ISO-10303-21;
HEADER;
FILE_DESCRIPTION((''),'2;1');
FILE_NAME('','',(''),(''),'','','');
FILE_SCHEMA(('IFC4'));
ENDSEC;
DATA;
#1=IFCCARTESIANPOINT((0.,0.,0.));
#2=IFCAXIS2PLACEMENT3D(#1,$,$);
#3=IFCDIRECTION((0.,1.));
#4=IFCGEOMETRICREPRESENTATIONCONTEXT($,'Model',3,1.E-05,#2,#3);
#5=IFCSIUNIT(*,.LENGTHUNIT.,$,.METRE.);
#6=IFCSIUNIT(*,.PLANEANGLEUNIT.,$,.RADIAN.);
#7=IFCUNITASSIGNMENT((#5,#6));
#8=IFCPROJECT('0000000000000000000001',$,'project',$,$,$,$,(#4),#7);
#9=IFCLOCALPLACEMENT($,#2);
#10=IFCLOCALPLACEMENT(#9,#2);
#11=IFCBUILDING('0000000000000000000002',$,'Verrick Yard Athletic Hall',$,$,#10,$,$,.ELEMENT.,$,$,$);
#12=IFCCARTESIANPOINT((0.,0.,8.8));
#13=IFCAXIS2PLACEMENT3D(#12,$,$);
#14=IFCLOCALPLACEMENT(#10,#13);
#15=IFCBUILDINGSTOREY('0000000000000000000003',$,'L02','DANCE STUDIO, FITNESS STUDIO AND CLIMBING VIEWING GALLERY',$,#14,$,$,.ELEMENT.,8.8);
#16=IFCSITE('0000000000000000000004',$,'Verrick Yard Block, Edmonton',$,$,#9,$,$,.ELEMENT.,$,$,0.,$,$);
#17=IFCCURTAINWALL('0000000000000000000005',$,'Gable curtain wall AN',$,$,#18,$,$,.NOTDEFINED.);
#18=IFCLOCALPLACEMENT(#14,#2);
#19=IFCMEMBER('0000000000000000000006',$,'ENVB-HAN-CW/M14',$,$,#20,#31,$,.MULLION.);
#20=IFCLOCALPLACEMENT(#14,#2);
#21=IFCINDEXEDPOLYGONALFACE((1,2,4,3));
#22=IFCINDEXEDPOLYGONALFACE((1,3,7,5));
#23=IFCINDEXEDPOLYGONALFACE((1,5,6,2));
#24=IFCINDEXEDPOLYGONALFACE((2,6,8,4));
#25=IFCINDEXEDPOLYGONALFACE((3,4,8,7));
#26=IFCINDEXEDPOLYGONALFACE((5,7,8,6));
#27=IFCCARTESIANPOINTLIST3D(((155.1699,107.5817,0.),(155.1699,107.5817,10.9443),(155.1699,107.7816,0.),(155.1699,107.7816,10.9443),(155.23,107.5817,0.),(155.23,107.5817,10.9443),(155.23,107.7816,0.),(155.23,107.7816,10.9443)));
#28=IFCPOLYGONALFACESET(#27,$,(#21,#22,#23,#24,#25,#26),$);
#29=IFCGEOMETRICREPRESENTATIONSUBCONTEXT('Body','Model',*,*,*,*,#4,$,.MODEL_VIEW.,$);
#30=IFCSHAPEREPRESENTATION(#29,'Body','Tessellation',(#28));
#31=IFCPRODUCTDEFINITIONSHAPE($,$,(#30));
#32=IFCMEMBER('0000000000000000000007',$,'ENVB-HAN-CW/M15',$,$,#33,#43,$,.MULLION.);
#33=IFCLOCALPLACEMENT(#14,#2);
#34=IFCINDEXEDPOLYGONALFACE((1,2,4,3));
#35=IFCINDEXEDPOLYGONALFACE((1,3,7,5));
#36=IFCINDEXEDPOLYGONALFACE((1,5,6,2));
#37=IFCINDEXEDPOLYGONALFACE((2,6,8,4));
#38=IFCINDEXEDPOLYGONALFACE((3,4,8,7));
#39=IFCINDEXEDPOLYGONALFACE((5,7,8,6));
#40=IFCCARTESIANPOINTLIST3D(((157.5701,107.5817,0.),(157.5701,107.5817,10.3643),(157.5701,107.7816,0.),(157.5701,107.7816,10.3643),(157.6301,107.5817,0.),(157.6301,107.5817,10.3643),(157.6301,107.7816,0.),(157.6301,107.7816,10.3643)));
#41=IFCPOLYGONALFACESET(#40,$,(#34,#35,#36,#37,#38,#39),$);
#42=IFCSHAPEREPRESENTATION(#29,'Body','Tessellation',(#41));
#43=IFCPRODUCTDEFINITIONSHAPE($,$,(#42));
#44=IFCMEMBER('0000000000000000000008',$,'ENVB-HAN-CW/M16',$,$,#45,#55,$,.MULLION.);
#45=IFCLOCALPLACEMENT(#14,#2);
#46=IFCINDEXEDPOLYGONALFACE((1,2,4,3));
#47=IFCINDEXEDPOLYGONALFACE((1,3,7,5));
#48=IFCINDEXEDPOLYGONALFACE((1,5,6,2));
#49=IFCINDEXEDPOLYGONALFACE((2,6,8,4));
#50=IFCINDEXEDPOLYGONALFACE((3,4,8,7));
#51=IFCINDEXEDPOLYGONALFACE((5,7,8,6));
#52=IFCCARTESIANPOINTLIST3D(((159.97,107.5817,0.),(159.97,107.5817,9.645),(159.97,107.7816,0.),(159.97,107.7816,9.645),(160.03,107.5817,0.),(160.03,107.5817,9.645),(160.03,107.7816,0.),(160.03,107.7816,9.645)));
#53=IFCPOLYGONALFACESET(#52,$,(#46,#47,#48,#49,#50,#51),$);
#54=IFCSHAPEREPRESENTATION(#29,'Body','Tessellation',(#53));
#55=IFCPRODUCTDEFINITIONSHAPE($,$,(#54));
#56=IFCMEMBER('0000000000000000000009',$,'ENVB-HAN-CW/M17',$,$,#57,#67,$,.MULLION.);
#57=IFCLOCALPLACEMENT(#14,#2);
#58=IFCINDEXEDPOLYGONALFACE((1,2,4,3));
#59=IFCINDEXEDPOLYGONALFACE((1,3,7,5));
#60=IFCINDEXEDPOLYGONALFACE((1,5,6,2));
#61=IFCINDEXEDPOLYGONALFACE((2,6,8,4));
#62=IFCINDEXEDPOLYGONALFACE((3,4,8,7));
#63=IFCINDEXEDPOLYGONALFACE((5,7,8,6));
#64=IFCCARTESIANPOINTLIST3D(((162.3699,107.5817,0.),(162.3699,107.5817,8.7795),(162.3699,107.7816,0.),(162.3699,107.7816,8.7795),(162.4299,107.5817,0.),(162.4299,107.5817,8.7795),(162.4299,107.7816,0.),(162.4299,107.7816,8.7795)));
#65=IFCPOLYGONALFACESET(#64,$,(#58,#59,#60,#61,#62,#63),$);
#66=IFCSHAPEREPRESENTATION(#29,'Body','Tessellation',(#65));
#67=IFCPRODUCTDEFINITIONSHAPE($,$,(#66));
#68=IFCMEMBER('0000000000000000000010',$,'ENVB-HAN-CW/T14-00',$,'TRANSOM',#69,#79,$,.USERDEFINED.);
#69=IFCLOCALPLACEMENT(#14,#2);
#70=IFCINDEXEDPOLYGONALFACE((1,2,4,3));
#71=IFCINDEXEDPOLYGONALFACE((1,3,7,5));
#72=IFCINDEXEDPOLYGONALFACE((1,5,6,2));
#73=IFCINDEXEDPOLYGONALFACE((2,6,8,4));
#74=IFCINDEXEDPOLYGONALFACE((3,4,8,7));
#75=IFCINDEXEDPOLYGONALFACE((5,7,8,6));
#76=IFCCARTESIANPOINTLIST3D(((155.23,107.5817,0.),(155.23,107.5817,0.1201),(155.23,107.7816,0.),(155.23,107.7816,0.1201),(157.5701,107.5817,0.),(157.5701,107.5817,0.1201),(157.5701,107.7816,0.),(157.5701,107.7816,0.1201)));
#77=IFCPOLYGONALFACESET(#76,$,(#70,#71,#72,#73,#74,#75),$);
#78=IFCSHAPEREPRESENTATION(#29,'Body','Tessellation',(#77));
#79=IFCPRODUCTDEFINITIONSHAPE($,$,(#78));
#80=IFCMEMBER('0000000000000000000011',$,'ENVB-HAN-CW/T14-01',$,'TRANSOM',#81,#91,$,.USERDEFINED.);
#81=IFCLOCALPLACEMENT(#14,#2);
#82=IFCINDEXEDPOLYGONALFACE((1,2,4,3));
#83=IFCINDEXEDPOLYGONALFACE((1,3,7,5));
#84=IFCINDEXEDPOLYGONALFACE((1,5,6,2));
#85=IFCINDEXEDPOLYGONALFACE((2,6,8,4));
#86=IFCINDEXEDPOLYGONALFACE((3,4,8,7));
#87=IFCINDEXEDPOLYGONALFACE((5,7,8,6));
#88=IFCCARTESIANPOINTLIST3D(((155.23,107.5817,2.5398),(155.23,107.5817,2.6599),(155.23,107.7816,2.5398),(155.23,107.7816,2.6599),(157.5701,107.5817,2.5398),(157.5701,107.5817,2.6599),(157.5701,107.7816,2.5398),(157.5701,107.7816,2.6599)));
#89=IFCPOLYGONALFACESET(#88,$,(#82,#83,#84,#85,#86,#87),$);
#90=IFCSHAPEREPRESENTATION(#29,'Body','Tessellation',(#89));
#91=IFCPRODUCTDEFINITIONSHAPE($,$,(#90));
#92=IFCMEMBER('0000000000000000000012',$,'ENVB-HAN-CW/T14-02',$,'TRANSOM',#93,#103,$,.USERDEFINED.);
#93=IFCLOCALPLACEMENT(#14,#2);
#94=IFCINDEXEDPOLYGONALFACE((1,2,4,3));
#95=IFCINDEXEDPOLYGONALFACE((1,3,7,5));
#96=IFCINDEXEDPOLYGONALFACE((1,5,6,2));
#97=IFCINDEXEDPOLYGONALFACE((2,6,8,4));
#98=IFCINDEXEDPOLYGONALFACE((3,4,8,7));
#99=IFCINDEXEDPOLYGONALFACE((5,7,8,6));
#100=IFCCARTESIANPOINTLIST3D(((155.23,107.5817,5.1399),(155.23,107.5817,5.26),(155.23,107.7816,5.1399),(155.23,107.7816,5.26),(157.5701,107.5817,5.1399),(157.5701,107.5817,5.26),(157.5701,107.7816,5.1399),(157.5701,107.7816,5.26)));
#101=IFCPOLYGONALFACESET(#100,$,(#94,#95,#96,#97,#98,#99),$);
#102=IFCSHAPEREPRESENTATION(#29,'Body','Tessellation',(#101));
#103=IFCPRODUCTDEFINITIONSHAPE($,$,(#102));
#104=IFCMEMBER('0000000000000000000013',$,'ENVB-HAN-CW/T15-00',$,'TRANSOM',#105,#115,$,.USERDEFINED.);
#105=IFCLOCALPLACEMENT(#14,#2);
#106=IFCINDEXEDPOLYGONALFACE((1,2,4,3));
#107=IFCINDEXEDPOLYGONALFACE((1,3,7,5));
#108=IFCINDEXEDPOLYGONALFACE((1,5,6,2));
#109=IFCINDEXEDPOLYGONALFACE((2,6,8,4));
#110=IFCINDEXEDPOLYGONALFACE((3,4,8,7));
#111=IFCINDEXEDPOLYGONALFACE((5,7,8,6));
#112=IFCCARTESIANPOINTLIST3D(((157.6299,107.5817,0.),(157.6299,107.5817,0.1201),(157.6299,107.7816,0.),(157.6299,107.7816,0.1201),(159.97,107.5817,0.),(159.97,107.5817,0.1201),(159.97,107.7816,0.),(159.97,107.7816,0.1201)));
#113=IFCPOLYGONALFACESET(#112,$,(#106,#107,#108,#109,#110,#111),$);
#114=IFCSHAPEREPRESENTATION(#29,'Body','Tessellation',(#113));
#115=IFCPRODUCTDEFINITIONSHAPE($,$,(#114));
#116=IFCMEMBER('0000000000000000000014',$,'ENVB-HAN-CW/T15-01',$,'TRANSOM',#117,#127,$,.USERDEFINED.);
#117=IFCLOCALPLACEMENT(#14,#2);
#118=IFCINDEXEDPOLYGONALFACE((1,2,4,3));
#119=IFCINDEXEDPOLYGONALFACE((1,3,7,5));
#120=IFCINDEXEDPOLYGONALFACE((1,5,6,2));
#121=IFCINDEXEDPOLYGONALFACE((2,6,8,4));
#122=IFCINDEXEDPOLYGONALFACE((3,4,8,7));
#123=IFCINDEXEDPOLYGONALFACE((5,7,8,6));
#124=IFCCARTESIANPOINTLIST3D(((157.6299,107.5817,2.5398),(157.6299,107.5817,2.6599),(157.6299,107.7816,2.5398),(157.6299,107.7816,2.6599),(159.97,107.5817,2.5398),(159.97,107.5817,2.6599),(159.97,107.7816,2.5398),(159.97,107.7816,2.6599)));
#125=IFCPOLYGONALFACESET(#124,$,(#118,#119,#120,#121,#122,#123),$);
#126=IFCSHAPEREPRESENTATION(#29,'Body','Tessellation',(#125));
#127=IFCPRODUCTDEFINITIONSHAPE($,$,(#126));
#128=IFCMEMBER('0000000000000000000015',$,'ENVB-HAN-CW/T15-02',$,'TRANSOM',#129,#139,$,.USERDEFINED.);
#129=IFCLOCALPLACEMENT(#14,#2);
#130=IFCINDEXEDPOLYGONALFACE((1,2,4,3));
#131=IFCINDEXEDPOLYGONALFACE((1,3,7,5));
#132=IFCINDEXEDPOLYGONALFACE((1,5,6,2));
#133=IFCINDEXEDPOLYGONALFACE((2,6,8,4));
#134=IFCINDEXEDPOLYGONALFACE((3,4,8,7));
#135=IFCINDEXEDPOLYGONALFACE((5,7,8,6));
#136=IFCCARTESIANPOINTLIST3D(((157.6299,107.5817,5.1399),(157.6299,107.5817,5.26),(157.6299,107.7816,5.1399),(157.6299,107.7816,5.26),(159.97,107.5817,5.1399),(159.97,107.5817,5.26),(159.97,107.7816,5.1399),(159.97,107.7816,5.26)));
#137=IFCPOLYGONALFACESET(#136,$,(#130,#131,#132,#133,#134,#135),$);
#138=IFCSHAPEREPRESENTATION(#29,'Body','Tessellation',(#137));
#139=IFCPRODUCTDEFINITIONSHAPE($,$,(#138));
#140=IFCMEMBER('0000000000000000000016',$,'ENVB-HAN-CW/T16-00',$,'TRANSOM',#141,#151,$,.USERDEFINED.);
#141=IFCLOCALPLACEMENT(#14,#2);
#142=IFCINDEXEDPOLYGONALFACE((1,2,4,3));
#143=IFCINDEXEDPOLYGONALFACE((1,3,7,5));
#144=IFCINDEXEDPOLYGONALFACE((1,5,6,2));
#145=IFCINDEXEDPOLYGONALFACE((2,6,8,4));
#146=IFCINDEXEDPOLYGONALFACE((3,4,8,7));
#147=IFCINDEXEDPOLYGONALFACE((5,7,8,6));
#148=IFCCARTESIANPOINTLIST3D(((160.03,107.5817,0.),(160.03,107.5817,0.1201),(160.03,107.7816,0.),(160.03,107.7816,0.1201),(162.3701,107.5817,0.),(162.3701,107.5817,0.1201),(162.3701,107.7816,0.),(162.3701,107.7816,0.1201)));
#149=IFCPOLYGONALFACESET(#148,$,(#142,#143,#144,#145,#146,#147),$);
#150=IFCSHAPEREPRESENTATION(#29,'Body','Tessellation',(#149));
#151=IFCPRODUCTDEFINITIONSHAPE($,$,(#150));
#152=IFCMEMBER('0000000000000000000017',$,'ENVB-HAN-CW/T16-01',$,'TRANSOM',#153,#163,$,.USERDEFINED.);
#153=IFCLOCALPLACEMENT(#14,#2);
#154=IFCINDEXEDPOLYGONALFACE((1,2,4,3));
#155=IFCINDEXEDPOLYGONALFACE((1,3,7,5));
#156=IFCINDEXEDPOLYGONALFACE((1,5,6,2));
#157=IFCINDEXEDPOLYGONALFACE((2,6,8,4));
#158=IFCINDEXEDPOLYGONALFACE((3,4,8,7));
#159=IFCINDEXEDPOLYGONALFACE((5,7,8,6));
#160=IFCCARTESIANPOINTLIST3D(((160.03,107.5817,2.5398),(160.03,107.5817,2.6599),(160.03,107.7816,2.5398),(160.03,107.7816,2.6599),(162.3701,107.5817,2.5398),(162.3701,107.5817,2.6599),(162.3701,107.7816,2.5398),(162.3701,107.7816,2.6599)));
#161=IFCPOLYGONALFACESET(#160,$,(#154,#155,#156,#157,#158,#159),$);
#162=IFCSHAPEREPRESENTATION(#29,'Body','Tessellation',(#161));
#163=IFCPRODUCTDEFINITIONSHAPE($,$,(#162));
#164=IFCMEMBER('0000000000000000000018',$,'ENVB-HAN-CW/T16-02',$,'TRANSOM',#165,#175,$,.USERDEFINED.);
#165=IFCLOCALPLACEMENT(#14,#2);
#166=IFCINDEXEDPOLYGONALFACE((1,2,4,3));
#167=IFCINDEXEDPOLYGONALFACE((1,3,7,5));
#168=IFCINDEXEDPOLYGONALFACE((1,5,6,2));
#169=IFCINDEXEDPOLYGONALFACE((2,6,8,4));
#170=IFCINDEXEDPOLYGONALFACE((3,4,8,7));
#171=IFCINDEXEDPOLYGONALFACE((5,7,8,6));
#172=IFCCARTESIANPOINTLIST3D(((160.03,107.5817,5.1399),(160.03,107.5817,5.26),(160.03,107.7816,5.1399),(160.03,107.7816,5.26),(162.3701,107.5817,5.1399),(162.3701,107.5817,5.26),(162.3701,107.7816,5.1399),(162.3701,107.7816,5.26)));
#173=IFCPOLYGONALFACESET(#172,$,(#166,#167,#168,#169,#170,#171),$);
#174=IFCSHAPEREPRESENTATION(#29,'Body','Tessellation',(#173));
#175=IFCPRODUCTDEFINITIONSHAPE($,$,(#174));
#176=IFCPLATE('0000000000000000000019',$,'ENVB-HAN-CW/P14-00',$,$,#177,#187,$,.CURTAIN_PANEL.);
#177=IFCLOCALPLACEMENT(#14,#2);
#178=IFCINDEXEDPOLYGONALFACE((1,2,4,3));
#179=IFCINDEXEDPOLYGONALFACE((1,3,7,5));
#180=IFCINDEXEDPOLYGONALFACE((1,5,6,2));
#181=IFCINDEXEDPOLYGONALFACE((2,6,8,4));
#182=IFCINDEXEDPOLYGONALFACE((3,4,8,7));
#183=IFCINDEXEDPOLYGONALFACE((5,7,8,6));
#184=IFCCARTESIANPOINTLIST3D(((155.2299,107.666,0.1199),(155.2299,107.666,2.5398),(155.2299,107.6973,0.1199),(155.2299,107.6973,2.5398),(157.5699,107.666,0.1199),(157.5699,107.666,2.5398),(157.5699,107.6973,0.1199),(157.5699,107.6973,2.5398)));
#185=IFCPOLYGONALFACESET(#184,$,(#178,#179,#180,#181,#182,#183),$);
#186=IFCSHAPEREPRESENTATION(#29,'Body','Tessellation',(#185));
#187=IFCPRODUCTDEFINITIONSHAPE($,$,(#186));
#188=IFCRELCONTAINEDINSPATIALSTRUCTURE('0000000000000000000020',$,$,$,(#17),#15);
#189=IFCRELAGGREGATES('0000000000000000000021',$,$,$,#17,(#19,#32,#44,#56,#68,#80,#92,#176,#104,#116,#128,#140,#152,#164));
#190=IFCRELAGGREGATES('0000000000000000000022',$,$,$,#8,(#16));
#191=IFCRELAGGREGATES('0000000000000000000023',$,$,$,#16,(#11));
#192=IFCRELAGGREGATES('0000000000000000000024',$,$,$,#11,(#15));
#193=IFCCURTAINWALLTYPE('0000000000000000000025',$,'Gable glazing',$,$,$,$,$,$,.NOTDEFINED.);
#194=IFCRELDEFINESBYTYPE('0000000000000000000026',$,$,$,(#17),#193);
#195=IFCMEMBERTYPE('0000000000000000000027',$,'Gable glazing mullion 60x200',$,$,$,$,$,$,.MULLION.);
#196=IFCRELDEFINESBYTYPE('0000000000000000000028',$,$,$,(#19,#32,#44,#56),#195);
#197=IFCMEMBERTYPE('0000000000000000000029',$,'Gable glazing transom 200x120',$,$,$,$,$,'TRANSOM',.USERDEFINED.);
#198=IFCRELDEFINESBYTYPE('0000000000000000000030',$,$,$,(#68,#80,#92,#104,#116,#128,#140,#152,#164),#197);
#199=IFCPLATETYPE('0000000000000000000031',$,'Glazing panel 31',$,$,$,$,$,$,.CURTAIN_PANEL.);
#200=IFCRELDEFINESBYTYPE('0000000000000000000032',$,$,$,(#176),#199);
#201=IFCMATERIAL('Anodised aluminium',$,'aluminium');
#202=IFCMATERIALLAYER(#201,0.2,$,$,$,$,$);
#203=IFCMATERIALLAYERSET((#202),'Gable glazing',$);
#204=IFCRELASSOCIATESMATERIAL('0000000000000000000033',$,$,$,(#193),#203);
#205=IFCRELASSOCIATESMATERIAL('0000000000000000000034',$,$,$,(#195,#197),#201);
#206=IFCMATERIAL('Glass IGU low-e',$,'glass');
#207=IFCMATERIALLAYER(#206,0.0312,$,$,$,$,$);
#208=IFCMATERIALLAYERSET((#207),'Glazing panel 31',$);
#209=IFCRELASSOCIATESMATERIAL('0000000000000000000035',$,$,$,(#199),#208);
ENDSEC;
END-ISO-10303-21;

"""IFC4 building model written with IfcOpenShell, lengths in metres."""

from ifc_helpers import new_model, si_unit, direction, frame, origin, origin_2d, place, context, subcontext, project, spatial, rectangle, extrude, material, layer, layer_set, material_profile, profile_set, type_object, element, aggregate, save


model = new_model("IFC4")

# Units and contexts
model_context = context("Model", 3, precision=1e-05, world=origin(), true_north=direction((0.0, 1.0)))
body_context = subcontext(model_context, "Body", "Model", "MODEL_VIEW")
ifc_project = project(units=[si_unit("LENGTHUNIT", "METRE"), si_unit("PLANEANGLEUNIT", "RADIAN")], contexts=[model_context])

# Site, building, storey
site_placement = place(None, origin())
site = spatial("IfcSite", under=ifc_project, at=site_placement, Name="Verrick Yard Block, Edmonton", CompositionType="ELEMENT", RefElevation=0.0)
building_placement = place(site_placement, origin())
building = spatial("IfcBuilding", under=site, at=building_placement, Name="Verrick Yard Athletic Hall", CompositionType="ELEMENT")
storey_placement = place(building_placement, frame((0.0, 0.0, 8.8)))
storey = spatial("IfcBuildingStorey", under=building, at=storey_placement, Name="L02", Description="DANCE STUDIO, FITNESS STUDIO AND CLIMBING VIEWING GALLERY", CompositionType="ELEMENT", Elevation=8.8)

# Curtain wall, members, plate
ifc_material_1 = material(Name="Anodised aluminium", Category="aluminium")
ifc_layer_1 = layer(ifc_material_1, 0.2)
ifc_layer_set_1 = layer_set([ifc_layer_1], Name="Gable glazing")
curtain_wall_type = type_object("IfcCurtainWallType", Name="Gable glazing", PredefinedType="NOTDEFINED", material=ifc_layer_set_1)
curtain_wall_placement = place(storey_placement, origin())
curtain_wall = element("IfcCurtainWall", 1, at=curtain_wall_placement, inside=storey, type_object=curtain_wall_type, Name="Gable curtain wall AN", PredefinedType="NOTDEFINED")
ifc_material_profile_1 = material_profile(ifc_material_1, rectangle(XDim=0.2, YDim=0.0601, at=origin_2d()), Name="CW gable mullion 60x200")
ifc_profile_set_1 = profile_set([ifc_material_profile_1], Name="Anodised aluminium")
member_type_1 = type_object("IfcMemberType", Name="Gable glazing mullion 60x200", PredefinedType="MULLION", material=ifc_profile_set_1)
member_1_placement = place(storey_placement, frame((155.2, 107.6816, 0.0), z_axis=(0.0, 0.0, 1.0), x_axis=(0.0, 1.0, 0.0)))
member_1 = element("IfcMember", 2, at=member_1_placement, type_object=member_type_1, Name="ENVB-HAN-CW/M14", PredefinedType="MULLION", context=body_context, shape_type="SweptSolid", body=[
    extrude(rectangle(XDim=0.2, YDim=0.0601, at=origin_2d()), origin(), (0.0, 0.0, 1.0), 10.9443),
])
member_2_placement = place(storey_placement, frame((157.6001, 107.6816, 0.0), z_axis=(0.0, 0.0, 1.0), x_axis=(0.0, 1.0, 0.0)))
member_2 = element("IfcMember", 3, at=member_2_placement, type_object=member_type_1, Name="ENVB-HAN-CW/M15", PredefinedType="MULLION", context=body_context, shape_type="SweptSolid", body=[
    extrude(rectangle(XDim=0.2, YDim=0.0601, at=origin_2d()), origin(), (0.0, 0.0, 1.0), 10.3643),
])
member_3_placement = place(storey_placement, frame((160.0, 107.6816, 0.0), z_axis=(0.0, 0.0, 1.0), x_axis=(0.0, 1.0, 0.0)))
member_3 = element("IfcMember", 4, at=member_3_placement, type_object=member_type_1, Name="ENVB-HAN-CW/M16", PredefinedType="MULLION", context=body_context, shape_type="SweptSolid", body=[
    extrude(rectangle(XDim=0.2, YDim=0.0601, at=origin_2d()), origin(), (0.0, 0.0, 1.0), 9.645),
])
member_4_placement = place(storey_placement, frame((162.3999, 107.6816, 0.0), z_axis=(0.0, 0.0, 1.0), x_axis=(0.0, 1.0, 0.0)))
member_4 = element("IfcMember", 5, at=member_4_placement, type_object=member_type_1, Name="ENVB-HAN-CW/M17", PredefinedType="MULLION", context=body_context, shape_type="SweptSolid", body=[
    extrude(rectangle(XDim=0.2, YDim=0.0601, at=origin_2d()), origin(), (0.0, 0.0, 1.0), 8.7795),
])
ifc_material_profile_2 = material_profile(ifc_material_1, rectangle(XDim=0.2, YDim=0.1201, at=origin_2d()), Name="CW gable transom 200x120")
ifc_profile_set_2 = profile_set([ifc_material_profile_2], Name="Anodised aluminium")
member_type_2 = type_object("IfcMemberType", Name="Gable glazing transom 200x120", ElementType="TRANSOM", PredefinedType="USERDEFINED", material=ifc_profile_set_2)
member_5_placement = place(storey_placement, frame((155.23, 107.6816, 0.0601), z_axis=(1.0, 0.0, 0.0), x_axis=(0.0, 1.0, 0.0)))
member_5 = element("IfcMember", 6, at=member_5_placement, type_object=member_type_2, Name="ENVB-HAN-CW/T14-00", ObjectType="TRANSOM", PredefinedType="USERDEFINED", context=body_context, shape_type="SweptSolid", body=[
    extrude(rectangle(XDim=0.2, YDim=0.1201, at=origin_2d()), origin(), (0.0, 0.0, 1.0), 2.3401),
])
member_6_placement = place(storey_placement, frame((155.23, 107.6816, 2.5999), z_axis=(1.0, 0.0, 0.0), x_axis=(0.0, 1.0, 0.0)))
member_6 = element("IfcMember", 7, at=member_6_placement, type_object=member_type_2, Name="ENVB-HAN-CW/T14-01", ObjectType="TRANSOM", PredefinedType="USERDEFINED", context=body_context, shape_type="SweptSolid", body=[
    extrude(rectangle(XDim=0.2, YDim=0.1201, at=origin_2d()), origin(), (0.0, 0.0, 1.0), 2.3401),
])
member_7_placement = place(storey_placement, frame((155.23, 107.6816, 5.2), z_axis=(1.0, 0.0, 0.0), x_axis=(0.0, 1.0, 0.0)))
member_7 = element("IfcMember", 8, at=member_7_placement, type_object=member_type_2, Name="ENVB-HAN-CW/T14-02", ObjectType="TRANSOM", PredefinedType="USERDEFINED", context=body_context, shape_type="SweptSolid", body=[
    extrude(rectangle(XDim=0.2, YDim=0.1201, at=origin_2d()), origin(), (0.0, 0.0, 1.0), 2.3401),
])
member_8_placement = place(storey_placement, frame((157.6299, 107.6816, 0.0601), z_axis=(1.0, 0.0, 0.0), x_axis=(0.0, 1.0, 0.0)))
member_8 = element("IfcMember", 9, at=member_8_placement, type_object=member_type_2, Name="ENVB-HAN-CW/T15-00", ObjectType="TRANSOM", PredefinedType="USERDEFINED", context=body_context, shape_type="SweptSolid", body=[
    extrude(rectangle(XDim=0.2, YDim=0.1201, at=origin_2d()), origin(), (0.0, 0.0, 1.0), 2.3401),
])
member_9_placement = place(storey_placement, frame((157.6299, 107.6816, 2.5999), z_axis=(1.0, 0.0, 0.0), x_axis=(0.0, 1.0, 0.0)))
member_9 = element("IfcMember", 10, at=member_9_placement, type_object=member_type_2, Name="ENVB-HAN-CW/T15-01", ObjectType="TRANSOM", PredefinedType="USERDEFINED", context=body_context, shape_type="SweptSolid", body=[
    extrude(rectangle(XDim=0.2, YDim=0.1201, at=origin_2d()), origin(), (0.0, 0.0, 1.0), 2.3401),
])
member_10_placement = place(storey_placement, frame((157.6299, 107.6816, 5.2), z_axis=(1.0, 0.0, 0.0), x_axis=(0.0, 1.0, 0.0)))
member_10 = element("IfcMember", 11, at=member_10_placement, type_object=member_type_2, Name="ENVB-HAN-CW/T15-02", ObjectType="TRANSOM", PredefinedType="USERDEFINED", context=body_context, shape_type="SweptSolid", body=[
    extrude(rectangle(XDim=0.2, YDim=0.1201, at=origin_2d()), origin(), (0.0, 0.0, 1.0), 2.3401),
])
member_11_placement = place(storey_placement, frame((160.03, 107.6816, 0.0601), z_axis=(1.0, 0.0, 0.0), x_axis=(0.0, 1.0, 0.0)))
member_11 = element("IfcMember", 12, at=member_11_placement, type_object=member_type_2, Name="ENVB-HAN-CW/T16-00", ObjectType="TRANSOM", PredefinedType="USERDEFINED", context=body_context, shape_type="SweptSolid", body=[
    extrude(rectangle(XDim=0.2, YDim=0.1201, at=origin_2d()), origin(), (0.0, 0.0, 1.0), 2.3401),
])
member_12_placement = place(storey_placement, frame((160.03, 107.6816, 2.5999), z_axis=(1.0, 0.0, 0.0), x_axis=(0.0, 1.0, 0.0)))
member_12 = element("IfcMember", 13, at=member_12_placement, type_object=member_type_2, Name="ENVB-HAN-CW/T16-01", ObjectType="TRANSOM", PredefinedType="USERDEFINED", context=body_context, shape_type="SweptSolid", body=[
    extrude(rectangle(XDim=0.2, YDim=0.1201, at=origin_2d()), origin(), (0.0, 0.0, 1.0), 2.3401),
])
member_13_placement = place(storey_placement, frame((160.03, 107.6816, 5.2), z_axis=(1.0, 0.0, 0.0), x_axis=(0.0, 1.0, 0.0)))
member_13 = element("IfcMember", 14, at=member_13_placement, type_object=member_type_2, Name="ENVB-HAN-CW/T16-02", ObjectType="TRANSOM", PredefinedType="USERDEFINED", context=body_context, shape_type="SweptSolid", body=[
    extrude(rectangle(XDim=0.2, YDim=0.1201, at=origin_2d()), origin(), (0.0, 0.0, 1.0), 2.3401),
])
ifc_material_2 = material(Name="Glass IGU low-e", Category="glass")
ifc_layer_2 = layer(ifc_material_2, 0.0312)
ifc_layer_set_2 = layer_set([ifc_layer_2], Name="Glazing panel 31")
plate_type = type_object("IfcPlateType", Name="Glazing panel 31", PredefinedType="CURTAIN_PANEL", material=ifc_layer_set_2)
plate_1_placement = place(storey_placement, frame((156.3999, 107.6816, 0.1199), z_axis=(0.0, 0.0, 1.0), x_axis=(1.0, 0.0, 0.0)))
plate_1 = element("IfcPlate", 15, at=plate_1_placement, type_object=plate_type, Name="ENVB-HAN-CW/P14-00", PredefinedType="CURTAIN_PANEL", context=body_context, shape_type="SweptSolid", body=[
    extrude(rectangle(XDim=2.3401, YDim=0.0312, at=origin_2d()), origin(), (0.0, 0.0, 1.0), 2.4199),
])
aggregate(curtain_wall, [member_1, member_2, member_3, member_4, member_5, member_6, member_7, plate_1, member_8, member_9, member_10, member_11, member_12, member_13])

save(model, "model.ifc")
